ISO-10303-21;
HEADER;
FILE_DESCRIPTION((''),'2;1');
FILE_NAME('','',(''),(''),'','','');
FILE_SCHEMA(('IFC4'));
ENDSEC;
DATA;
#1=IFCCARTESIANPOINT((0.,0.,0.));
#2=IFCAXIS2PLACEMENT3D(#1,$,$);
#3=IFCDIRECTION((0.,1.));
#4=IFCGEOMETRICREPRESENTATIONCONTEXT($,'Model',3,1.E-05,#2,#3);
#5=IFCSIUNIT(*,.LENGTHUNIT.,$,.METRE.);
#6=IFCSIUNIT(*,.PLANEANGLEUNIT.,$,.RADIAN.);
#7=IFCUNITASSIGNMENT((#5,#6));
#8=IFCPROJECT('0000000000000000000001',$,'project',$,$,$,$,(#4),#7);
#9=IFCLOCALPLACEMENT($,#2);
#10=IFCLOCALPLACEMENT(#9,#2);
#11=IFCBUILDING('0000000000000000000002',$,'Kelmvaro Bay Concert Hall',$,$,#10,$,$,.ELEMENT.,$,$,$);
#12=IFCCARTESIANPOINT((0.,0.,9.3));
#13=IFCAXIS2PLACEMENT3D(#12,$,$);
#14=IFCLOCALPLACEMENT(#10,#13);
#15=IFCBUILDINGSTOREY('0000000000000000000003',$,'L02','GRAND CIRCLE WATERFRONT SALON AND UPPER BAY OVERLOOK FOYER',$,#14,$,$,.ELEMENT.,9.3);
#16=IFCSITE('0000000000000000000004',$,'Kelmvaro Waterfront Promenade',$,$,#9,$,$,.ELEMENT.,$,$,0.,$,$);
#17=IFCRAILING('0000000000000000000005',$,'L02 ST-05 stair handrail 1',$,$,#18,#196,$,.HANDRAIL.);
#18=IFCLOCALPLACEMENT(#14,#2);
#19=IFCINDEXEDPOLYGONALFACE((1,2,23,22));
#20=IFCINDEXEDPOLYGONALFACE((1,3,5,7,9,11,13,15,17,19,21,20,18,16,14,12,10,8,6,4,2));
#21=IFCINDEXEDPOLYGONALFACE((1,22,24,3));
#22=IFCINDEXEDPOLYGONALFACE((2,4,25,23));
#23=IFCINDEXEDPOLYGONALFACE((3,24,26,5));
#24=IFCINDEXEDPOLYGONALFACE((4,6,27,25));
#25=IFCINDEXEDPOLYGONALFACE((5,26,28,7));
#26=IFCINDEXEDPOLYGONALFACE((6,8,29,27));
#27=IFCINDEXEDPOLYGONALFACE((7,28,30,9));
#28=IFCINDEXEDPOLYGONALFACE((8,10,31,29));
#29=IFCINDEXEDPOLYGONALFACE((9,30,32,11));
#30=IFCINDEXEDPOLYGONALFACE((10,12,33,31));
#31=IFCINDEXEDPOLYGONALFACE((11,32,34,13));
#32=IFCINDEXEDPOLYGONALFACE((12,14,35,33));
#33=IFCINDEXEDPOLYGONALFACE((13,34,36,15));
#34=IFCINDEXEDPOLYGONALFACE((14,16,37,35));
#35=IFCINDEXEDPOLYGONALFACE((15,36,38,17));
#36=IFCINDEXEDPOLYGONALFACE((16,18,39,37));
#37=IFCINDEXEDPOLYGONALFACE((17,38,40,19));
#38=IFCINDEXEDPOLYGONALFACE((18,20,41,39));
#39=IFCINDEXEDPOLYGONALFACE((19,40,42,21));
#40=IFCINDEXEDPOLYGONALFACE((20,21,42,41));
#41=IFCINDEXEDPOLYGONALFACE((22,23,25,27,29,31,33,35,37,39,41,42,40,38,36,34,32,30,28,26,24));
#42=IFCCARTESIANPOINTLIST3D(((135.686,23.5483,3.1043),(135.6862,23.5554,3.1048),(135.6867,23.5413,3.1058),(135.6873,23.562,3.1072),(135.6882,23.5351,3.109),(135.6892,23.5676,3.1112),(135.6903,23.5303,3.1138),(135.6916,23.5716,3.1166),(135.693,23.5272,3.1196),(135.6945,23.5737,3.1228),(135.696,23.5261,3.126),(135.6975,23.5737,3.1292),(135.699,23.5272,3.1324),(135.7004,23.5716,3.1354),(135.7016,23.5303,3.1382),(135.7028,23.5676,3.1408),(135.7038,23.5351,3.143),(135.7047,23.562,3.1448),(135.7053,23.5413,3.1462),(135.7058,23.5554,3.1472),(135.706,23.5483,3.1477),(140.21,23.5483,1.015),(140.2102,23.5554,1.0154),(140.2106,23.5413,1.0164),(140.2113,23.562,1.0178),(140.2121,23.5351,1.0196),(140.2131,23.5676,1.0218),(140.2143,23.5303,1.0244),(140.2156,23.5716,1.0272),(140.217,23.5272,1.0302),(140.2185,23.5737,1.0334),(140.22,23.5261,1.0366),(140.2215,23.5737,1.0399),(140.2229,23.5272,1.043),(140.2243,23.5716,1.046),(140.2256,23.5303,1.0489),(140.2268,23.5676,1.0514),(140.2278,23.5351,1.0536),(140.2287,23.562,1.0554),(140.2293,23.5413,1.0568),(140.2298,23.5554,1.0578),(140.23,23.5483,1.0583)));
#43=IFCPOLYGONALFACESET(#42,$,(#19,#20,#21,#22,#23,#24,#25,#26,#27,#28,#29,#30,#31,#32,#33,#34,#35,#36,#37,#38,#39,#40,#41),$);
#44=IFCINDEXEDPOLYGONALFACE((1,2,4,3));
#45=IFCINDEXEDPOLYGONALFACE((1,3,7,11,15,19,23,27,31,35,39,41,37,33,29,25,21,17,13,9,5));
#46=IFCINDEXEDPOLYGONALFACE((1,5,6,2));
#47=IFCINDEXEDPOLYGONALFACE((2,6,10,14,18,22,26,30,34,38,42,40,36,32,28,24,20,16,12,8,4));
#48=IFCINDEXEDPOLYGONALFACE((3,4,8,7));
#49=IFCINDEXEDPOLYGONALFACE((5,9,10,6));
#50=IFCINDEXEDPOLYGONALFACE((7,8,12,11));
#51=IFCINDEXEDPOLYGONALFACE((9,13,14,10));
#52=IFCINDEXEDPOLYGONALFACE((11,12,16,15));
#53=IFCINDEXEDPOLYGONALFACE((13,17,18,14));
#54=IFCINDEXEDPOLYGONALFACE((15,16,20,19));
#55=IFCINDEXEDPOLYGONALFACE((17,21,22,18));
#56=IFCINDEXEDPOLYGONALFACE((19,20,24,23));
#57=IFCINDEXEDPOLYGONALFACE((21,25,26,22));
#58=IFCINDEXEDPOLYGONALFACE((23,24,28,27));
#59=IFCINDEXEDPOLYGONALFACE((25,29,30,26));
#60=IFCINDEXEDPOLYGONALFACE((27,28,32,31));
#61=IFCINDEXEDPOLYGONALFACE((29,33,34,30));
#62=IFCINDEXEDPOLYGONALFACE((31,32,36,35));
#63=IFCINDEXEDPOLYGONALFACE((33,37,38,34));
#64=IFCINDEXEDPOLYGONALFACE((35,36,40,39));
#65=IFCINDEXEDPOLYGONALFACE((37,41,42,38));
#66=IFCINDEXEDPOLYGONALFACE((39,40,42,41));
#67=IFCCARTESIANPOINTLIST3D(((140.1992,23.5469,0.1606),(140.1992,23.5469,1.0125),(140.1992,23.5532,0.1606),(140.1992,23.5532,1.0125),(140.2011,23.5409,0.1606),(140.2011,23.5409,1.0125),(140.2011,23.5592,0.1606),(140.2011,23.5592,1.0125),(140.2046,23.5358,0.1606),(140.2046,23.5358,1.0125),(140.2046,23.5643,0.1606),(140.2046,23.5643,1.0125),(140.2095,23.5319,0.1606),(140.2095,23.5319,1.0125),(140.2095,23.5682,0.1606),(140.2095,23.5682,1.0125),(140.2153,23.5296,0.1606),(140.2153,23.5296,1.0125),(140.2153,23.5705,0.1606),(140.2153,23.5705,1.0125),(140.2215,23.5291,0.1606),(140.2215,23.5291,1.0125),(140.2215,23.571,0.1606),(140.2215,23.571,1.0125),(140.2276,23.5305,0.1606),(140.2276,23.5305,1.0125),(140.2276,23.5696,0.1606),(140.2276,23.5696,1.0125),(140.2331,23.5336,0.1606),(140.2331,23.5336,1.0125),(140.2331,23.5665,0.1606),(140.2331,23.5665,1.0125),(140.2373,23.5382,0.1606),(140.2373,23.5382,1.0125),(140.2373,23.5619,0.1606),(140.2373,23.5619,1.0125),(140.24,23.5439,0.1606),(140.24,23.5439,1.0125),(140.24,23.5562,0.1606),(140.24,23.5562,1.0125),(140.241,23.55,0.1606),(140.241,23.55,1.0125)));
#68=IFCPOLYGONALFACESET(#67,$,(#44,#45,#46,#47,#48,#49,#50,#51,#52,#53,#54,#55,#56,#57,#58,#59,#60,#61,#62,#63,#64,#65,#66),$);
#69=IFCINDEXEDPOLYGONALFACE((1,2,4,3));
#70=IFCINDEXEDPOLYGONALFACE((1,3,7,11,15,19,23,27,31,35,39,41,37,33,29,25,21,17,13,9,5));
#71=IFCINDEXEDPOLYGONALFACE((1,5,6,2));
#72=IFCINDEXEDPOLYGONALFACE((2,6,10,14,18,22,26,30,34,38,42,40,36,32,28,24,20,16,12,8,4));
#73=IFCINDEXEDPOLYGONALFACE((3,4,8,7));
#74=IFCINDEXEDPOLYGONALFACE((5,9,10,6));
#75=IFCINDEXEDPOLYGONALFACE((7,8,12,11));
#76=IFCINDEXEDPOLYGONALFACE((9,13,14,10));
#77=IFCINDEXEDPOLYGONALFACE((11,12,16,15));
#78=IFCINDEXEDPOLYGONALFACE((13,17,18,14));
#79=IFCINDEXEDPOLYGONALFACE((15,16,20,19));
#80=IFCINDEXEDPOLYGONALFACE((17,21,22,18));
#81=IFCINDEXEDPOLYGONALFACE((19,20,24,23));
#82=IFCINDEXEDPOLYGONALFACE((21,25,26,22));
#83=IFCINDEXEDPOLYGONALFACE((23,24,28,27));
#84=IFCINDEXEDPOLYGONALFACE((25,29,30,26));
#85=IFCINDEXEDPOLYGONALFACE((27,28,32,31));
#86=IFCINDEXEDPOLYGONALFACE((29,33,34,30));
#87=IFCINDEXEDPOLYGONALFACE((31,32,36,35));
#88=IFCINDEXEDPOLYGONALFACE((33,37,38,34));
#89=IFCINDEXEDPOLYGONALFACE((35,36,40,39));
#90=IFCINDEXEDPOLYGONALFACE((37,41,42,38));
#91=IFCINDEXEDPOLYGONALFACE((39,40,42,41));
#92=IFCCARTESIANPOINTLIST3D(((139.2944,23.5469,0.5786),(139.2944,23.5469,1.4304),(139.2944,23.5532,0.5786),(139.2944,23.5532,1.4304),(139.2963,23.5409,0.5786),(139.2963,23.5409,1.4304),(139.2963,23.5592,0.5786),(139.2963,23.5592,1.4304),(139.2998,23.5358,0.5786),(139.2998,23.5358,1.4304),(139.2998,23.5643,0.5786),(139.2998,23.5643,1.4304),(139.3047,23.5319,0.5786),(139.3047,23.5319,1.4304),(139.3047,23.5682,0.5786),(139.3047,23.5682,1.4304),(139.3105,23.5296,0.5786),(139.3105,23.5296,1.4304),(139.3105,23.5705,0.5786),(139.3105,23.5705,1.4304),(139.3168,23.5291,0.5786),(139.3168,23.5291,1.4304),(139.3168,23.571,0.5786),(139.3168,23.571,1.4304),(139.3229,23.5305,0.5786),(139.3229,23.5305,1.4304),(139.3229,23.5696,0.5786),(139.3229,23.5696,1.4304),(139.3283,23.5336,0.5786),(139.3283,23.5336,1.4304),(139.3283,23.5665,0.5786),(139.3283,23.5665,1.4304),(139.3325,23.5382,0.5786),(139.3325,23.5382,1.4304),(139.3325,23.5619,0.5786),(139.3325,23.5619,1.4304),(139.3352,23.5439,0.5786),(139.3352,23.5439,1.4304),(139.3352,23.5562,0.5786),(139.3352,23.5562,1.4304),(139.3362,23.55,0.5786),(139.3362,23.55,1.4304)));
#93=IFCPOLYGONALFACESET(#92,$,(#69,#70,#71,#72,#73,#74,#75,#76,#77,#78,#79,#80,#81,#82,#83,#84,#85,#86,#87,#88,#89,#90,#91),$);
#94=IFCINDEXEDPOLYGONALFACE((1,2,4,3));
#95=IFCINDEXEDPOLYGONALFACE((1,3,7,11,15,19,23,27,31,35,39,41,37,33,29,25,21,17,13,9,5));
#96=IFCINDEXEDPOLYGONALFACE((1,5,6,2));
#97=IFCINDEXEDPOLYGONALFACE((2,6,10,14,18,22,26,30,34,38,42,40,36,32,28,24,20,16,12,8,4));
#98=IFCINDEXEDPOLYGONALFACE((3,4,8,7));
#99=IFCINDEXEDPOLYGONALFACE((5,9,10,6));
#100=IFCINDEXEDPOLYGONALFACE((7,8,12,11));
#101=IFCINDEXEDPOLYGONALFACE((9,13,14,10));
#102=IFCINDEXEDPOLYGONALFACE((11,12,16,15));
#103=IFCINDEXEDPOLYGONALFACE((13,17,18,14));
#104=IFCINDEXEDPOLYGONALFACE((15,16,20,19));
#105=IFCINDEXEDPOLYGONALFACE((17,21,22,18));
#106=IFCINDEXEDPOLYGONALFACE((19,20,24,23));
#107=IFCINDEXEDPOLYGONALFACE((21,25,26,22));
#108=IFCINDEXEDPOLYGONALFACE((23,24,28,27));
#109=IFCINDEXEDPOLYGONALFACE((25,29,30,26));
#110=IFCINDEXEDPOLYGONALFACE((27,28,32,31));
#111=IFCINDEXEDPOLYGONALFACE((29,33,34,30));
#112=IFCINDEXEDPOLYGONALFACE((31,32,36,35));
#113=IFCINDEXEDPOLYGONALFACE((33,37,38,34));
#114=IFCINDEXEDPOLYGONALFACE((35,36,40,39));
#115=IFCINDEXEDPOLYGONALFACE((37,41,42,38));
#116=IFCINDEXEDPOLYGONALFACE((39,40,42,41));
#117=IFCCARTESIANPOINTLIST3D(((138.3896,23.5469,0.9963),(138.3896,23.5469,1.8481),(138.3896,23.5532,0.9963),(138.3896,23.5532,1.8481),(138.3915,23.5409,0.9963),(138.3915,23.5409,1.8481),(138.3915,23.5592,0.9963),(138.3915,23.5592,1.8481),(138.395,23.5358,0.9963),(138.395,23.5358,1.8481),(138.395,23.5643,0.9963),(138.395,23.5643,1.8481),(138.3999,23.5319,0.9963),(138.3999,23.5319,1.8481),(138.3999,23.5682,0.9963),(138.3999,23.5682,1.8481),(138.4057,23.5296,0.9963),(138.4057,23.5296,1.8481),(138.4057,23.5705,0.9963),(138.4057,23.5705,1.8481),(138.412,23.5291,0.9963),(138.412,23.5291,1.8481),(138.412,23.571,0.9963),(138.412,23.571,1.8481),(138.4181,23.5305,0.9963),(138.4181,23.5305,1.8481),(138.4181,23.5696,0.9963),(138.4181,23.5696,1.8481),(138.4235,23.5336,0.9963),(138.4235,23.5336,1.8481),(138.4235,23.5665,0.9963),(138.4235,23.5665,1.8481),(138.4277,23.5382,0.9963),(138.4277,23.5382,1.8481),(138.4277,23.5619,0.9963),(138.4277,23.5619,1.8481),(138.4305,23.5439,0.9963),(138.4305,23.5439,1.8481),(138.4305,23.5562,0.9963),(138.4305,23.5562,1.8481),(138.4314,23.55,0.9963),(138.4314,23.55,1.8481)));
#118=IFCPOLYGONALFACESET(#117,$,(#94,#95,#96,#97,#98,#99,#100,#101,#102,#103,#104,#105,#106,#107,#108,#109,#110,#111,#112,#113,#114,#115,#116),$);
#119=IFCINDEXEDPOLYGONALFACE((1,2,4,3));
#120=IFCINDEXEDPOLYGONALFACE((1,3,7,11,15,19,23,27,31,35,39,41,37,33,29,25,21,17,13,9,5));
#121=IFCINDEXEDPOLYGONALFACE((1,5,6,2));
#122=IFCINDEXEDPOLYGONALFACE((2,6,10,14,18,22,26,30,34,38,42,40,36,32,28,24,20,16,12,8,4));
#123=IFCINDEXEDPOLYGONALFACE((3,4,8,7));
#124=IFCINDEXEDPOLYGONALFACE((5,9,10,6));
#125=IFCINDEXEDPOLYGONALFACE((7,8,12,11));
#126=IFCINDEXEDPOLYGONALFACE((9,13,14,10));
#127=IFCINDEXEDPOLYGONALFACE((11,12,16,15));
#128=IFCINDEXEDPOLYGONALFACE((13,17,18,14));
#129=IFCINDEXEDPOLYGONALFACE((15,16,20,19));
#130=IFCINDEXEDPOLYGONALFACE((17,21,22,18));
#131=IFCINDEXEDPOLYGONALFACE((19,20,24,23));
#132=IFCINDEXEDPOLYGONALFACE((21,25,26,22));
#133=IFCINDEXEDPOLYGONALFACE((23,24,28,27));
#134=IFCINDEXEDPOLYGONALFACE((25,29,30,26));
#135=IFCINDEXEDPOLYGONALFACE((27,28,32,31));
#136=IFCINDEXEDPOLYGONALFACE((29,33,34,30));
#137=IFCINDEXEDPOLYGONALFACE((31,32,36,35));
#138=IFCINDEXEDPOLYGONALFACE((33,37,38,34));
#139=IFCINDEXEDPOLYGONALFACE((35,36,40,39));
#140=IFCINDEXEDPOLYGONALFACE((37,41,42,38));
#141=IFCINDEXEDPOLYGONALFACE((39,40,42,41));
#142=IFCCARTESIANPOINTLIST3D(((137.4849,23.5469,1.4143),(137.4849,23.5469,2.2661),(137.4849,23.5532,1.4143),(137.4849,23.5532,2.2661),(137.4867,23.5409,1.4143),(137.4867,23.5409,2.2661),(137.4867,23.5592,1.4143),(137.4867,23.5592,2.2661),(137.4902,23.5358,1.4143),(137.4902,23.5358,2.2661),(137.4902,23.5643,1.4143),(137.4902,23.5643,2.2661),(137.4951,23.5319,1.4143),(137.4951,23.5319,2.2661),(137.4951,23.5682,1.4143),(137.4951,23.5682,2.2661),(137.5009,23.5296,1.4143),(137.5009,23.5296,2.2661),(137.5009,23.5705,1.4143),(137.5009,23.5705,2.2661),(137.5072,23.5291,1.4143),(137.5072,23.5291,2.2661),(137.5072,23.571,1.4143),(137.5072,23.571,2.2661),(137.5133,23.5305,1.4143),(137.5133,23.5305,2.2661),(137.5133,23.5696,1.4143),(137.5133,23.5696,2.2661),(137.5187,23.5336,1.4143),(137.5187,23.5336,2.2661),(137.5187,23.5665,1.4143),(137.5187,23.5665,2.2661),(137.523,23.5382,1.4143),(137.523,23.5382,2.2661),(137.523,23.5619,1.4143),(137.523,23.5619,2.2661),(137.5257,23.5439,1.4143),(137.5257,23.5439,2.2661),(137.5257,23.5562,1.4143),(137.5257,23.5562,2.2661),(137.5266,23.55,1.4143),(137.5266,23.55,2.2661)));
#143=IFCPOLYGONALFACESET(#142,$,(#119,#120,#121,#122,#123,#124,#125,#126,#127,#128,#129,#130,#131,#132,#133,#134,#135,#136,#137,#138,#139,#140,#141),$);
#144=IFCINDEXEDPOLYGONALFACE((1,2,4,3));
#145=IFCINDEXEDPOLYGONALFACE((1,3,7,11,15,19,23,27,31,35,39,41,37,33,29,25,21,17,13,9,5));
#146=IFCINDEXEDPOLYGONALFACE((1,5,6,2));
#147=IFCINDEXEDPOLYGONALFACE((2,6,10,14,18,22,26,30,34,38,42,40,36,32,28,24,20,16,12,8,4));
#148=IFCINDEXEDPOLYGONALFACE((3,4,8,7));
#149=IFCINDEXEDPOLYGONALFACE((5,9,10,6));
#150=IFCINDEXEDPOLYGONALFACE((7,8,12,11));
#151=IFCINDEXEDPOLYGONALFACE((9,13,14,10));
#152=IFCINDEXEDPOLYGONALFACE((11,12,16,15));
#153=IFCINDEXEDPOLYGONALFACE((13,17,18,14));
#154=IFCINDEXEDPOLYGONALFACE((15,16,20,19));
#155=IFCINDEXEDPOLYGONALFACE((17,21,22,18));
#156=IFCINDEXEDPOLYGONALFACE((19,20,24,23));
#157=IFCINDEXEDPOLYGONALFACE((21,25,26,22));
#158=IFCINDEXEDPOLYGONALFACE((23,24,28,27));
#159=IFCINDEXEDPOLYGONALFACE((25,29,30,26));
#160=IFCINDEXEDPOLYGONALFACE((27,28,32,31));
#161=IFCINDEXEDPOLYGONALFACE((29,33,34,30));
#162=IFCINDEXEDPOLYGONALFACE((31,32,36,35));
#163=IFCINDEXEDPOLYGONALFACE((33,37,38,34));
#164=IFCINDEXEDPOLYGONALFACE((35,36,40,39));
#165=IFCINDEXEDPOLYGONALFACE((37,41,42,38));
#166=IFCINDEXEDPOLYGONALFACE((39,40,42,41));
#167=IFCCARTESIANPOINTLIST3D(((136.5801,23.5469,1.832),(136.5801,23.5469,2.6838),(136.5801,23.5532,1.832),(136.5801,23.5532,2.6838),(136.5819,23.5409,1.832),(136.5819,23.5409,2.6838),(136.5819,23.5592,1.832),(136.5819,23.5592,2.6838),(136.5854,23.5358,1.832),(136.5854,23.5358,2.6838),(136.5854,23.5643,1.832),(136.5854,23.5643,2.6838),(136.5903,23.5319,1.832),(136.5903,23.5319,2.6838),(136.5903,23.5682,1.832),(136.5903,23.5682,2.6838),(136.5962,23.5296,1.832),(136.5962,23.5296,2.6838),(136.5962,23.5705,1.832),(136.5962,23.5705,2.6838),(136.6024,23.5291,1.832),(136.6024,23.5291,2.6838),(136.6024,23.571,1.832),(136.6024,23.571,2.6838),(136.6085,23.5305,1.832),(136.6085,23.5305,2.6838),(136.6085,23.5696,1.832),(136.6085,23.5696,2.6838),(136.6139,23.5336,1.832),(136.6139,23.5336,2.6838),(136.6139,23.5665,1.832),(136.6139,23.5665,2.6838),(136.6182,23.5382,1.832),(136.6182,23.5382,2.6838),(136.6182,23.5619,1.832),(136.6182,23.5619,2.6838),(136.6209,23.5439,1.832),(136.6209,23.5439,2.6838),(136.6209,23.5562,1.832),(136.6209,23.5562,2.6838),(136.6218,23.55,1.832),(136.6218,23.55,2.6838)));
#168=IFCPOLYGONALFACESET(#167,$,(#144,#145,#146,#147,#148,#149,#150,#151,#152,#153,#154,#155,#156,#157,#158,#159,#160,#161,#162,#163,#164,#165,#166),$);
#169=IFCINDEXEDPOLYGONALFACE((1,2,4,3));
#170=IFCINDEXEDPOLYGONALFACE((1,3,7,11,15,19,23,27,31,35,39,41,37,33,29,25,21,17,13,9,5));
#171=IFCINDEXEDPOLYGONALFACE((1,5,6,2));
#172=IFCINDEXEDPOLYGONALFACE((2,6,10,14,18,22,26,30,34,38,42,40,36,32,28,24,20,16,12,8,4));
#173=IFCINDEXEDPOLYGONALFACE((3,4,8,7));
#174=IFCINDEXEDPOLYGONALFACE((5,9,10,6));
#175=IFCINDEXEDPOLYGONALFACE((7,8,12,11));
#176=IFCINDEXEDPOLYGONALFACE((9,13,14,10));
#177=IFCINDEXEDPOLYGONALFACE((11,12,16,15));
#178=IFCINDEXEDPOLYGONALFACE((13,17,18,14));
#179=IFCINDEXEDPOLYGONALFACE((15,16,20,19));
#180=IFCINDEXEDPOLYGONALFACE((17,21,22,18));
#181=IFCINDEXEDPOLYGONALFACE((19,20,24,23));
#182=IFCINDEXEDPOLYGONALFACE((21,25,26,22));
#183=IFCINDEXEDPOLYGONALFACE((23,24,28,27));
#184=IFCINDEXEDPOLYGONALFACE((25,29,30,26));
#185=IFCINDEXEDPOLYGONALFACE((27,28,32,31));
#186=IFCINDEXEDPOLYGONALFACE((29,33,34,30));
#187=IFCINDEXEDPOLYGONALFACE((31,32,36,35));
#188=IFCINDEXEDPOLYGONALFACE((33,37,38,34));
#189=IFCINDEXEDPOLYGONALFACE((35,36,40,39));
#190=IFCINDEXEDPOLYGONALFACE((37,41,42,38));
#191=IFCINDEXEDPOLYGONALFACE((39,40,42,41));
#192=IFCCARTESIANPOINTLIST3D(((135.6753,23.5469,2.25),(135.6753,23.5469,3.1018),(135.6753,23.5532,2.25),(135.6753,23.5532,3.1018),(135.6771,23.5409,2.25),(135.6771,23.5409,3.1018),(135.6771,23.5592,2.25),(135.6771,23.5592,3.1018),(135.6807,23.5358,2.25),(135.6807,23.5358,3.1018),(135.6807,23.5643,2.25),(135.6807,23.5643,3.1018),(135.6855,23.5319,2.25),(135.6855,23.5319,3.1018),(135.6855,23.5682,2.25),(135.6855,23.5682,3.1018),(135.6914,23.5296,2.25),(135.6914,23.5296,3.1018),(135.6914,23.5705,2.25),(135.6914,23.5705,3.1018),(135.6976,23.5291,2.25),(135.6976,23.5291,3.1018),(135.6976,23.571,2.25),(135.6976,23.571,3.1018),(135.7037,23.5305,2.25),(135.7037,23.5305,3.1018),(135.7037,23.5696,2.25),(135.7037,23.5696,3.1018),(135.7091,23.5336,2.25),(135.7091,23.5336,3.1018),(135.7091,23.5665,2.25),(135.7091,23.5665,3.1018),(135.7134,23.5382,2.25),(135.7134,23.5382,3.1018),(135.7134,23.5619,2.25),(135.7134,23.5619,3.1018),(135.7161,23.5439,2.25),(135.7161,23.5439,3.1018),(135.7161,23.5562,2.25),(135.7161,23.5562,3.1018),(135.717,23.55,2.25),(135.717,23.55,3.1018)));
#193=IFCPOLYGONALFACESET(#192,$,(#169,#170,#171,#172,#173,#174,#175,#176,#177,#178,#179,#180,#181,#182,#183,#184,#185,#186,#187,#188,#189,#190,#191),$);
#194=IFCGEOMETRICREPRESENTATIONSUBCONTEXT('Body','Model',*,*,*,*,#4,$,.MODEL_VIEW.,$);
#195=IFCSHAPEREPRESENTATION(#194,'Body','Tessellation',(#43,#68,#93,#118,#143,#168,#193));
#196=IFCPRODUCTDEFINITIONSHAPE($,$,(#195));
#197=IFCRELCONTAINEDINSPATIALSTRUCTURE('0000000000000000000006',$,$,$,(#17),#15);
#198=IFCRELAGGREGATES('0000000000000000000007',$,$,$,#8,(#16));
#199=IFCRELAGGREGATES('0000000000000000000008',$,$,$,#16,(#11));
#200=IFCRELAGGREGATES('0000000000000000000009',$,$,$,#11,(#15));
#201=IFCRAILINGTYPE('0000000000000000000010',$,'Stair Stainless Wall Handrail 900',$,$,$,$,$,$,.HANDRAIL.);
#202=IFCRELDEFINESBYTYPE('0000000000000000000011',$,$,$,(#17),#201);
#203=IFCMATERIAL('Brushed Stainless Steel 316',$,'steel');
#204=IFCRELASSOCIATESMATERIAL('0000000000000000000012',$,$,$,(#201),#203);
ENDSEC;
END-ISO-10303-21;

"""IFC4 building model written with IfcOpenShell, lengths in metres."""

from ifc_helpers import new_model, si_unit, direction, frame, origin, origin_2d, place, context, subcontext, project, spatial, circle, extrude, material, type_object, element, save


model = new_model("IFC4")

# Units and contexts
model_context = context("Model", 3, precision=1e-05, world=origin(), true_north=direction((0.0, 1.0)))
body_context = subcontext(model_context, "Body", "Model", "MODEL_VIEW")
ifc_project = project(units=[si_unit("LENGTHUNIT", "METRE"), si_unit("PLANEANGLEUNIT", "RADIAN")], contexts=[model_context])

# Site, building, storey
site_placement = place(None, origin())
site = spatial("IfcSite", under=ifc_project, at=site_placement, Name="Kelmvaro Waterfront Promenade", CompositionType="ELEMENT", RefElevation=0.0)
building_placement = place(site_placement, origin())
building = spatial("IfcBuilding", under=site, at=building_placement, Name="Kelmvaro Bay Concert Hall", CompositionType="ELEMENT")
storey_placement = place(building_placement, frame((0.0, 0.0, 9.3)))
storey = spatial("IfcBuildingStorey", under=building, at=storey_placement, Name="L02", Description="GRAND CIRCLE WATERFRONT SALON AND UPPER BAY OVERLOOK FOYER", CompositionType="ELEMENT", Elevation=9.3)

# Railing
ifc_material_1 = material(Name="Brushed Stainless Steel 316", Category="steel")
railing_type_1 = type_object("IfcRailingType", Name="Stair Stainless Wall Handrail 900", PredefinedType="HANDRAIL", material=ifc_material_1)
railing_1_placement = place(storey_placement, frame((140.22, 23.55, 0.1606)))
element("IfcRailing", 1, at=railing_1_placement, inside=storey, type_object=railing_type_1, Name="L02 ST-05 stair handrail 1", PredefinedType="HANDRAIL", context=body_context, shape_type="SweptSolid", body=[
    extrude(circle(Radius=0.0239, at=origin_2d()), frame((0.0, 0.0, 0.876), z_axis=(-0.907853, 0.0, 0.419288), x_axis=(0.0, -1.0, 0.0)), (0.0, 0.0, 1.0), 4.9832),
    extrude(circle(Radius=0.021, at=origin_2d()), origin(), (0.0, 0.0, 1.0), 0.8518),
    extrude(circle(Radius=0.021, at=origin_2d()), frame((-0.9048, 0.0, 0.418)), (0.0, 0.0, 1.0), 0.8518),
    extrude(circle(Radius=0.021, at=origin_2d()), frame((-1.8096, 0.0, 0.8357)), (0.0, 0.0, 1.0), 0.8518),
    extrude(circle(Radius=0.021, at=origin_2d()), frame((-2.7144, 0.0, 1.2537)), (0.0, 0.0, 1.0), 0.8518),
    extrude(circle(Radius=0.021, at=origin_2d()), frame((-3.6191, 0.0, 1.6714)), (0.0, 0.0, 1.0), 0.8518),
    extrude(circle(Radius=0.021, at=origin_2d()), frame((-4.5239, 0.0, 2.0894)), (0.0, 0.0, 1.0), 0.8518),
])

save(model, "model.ifc")
